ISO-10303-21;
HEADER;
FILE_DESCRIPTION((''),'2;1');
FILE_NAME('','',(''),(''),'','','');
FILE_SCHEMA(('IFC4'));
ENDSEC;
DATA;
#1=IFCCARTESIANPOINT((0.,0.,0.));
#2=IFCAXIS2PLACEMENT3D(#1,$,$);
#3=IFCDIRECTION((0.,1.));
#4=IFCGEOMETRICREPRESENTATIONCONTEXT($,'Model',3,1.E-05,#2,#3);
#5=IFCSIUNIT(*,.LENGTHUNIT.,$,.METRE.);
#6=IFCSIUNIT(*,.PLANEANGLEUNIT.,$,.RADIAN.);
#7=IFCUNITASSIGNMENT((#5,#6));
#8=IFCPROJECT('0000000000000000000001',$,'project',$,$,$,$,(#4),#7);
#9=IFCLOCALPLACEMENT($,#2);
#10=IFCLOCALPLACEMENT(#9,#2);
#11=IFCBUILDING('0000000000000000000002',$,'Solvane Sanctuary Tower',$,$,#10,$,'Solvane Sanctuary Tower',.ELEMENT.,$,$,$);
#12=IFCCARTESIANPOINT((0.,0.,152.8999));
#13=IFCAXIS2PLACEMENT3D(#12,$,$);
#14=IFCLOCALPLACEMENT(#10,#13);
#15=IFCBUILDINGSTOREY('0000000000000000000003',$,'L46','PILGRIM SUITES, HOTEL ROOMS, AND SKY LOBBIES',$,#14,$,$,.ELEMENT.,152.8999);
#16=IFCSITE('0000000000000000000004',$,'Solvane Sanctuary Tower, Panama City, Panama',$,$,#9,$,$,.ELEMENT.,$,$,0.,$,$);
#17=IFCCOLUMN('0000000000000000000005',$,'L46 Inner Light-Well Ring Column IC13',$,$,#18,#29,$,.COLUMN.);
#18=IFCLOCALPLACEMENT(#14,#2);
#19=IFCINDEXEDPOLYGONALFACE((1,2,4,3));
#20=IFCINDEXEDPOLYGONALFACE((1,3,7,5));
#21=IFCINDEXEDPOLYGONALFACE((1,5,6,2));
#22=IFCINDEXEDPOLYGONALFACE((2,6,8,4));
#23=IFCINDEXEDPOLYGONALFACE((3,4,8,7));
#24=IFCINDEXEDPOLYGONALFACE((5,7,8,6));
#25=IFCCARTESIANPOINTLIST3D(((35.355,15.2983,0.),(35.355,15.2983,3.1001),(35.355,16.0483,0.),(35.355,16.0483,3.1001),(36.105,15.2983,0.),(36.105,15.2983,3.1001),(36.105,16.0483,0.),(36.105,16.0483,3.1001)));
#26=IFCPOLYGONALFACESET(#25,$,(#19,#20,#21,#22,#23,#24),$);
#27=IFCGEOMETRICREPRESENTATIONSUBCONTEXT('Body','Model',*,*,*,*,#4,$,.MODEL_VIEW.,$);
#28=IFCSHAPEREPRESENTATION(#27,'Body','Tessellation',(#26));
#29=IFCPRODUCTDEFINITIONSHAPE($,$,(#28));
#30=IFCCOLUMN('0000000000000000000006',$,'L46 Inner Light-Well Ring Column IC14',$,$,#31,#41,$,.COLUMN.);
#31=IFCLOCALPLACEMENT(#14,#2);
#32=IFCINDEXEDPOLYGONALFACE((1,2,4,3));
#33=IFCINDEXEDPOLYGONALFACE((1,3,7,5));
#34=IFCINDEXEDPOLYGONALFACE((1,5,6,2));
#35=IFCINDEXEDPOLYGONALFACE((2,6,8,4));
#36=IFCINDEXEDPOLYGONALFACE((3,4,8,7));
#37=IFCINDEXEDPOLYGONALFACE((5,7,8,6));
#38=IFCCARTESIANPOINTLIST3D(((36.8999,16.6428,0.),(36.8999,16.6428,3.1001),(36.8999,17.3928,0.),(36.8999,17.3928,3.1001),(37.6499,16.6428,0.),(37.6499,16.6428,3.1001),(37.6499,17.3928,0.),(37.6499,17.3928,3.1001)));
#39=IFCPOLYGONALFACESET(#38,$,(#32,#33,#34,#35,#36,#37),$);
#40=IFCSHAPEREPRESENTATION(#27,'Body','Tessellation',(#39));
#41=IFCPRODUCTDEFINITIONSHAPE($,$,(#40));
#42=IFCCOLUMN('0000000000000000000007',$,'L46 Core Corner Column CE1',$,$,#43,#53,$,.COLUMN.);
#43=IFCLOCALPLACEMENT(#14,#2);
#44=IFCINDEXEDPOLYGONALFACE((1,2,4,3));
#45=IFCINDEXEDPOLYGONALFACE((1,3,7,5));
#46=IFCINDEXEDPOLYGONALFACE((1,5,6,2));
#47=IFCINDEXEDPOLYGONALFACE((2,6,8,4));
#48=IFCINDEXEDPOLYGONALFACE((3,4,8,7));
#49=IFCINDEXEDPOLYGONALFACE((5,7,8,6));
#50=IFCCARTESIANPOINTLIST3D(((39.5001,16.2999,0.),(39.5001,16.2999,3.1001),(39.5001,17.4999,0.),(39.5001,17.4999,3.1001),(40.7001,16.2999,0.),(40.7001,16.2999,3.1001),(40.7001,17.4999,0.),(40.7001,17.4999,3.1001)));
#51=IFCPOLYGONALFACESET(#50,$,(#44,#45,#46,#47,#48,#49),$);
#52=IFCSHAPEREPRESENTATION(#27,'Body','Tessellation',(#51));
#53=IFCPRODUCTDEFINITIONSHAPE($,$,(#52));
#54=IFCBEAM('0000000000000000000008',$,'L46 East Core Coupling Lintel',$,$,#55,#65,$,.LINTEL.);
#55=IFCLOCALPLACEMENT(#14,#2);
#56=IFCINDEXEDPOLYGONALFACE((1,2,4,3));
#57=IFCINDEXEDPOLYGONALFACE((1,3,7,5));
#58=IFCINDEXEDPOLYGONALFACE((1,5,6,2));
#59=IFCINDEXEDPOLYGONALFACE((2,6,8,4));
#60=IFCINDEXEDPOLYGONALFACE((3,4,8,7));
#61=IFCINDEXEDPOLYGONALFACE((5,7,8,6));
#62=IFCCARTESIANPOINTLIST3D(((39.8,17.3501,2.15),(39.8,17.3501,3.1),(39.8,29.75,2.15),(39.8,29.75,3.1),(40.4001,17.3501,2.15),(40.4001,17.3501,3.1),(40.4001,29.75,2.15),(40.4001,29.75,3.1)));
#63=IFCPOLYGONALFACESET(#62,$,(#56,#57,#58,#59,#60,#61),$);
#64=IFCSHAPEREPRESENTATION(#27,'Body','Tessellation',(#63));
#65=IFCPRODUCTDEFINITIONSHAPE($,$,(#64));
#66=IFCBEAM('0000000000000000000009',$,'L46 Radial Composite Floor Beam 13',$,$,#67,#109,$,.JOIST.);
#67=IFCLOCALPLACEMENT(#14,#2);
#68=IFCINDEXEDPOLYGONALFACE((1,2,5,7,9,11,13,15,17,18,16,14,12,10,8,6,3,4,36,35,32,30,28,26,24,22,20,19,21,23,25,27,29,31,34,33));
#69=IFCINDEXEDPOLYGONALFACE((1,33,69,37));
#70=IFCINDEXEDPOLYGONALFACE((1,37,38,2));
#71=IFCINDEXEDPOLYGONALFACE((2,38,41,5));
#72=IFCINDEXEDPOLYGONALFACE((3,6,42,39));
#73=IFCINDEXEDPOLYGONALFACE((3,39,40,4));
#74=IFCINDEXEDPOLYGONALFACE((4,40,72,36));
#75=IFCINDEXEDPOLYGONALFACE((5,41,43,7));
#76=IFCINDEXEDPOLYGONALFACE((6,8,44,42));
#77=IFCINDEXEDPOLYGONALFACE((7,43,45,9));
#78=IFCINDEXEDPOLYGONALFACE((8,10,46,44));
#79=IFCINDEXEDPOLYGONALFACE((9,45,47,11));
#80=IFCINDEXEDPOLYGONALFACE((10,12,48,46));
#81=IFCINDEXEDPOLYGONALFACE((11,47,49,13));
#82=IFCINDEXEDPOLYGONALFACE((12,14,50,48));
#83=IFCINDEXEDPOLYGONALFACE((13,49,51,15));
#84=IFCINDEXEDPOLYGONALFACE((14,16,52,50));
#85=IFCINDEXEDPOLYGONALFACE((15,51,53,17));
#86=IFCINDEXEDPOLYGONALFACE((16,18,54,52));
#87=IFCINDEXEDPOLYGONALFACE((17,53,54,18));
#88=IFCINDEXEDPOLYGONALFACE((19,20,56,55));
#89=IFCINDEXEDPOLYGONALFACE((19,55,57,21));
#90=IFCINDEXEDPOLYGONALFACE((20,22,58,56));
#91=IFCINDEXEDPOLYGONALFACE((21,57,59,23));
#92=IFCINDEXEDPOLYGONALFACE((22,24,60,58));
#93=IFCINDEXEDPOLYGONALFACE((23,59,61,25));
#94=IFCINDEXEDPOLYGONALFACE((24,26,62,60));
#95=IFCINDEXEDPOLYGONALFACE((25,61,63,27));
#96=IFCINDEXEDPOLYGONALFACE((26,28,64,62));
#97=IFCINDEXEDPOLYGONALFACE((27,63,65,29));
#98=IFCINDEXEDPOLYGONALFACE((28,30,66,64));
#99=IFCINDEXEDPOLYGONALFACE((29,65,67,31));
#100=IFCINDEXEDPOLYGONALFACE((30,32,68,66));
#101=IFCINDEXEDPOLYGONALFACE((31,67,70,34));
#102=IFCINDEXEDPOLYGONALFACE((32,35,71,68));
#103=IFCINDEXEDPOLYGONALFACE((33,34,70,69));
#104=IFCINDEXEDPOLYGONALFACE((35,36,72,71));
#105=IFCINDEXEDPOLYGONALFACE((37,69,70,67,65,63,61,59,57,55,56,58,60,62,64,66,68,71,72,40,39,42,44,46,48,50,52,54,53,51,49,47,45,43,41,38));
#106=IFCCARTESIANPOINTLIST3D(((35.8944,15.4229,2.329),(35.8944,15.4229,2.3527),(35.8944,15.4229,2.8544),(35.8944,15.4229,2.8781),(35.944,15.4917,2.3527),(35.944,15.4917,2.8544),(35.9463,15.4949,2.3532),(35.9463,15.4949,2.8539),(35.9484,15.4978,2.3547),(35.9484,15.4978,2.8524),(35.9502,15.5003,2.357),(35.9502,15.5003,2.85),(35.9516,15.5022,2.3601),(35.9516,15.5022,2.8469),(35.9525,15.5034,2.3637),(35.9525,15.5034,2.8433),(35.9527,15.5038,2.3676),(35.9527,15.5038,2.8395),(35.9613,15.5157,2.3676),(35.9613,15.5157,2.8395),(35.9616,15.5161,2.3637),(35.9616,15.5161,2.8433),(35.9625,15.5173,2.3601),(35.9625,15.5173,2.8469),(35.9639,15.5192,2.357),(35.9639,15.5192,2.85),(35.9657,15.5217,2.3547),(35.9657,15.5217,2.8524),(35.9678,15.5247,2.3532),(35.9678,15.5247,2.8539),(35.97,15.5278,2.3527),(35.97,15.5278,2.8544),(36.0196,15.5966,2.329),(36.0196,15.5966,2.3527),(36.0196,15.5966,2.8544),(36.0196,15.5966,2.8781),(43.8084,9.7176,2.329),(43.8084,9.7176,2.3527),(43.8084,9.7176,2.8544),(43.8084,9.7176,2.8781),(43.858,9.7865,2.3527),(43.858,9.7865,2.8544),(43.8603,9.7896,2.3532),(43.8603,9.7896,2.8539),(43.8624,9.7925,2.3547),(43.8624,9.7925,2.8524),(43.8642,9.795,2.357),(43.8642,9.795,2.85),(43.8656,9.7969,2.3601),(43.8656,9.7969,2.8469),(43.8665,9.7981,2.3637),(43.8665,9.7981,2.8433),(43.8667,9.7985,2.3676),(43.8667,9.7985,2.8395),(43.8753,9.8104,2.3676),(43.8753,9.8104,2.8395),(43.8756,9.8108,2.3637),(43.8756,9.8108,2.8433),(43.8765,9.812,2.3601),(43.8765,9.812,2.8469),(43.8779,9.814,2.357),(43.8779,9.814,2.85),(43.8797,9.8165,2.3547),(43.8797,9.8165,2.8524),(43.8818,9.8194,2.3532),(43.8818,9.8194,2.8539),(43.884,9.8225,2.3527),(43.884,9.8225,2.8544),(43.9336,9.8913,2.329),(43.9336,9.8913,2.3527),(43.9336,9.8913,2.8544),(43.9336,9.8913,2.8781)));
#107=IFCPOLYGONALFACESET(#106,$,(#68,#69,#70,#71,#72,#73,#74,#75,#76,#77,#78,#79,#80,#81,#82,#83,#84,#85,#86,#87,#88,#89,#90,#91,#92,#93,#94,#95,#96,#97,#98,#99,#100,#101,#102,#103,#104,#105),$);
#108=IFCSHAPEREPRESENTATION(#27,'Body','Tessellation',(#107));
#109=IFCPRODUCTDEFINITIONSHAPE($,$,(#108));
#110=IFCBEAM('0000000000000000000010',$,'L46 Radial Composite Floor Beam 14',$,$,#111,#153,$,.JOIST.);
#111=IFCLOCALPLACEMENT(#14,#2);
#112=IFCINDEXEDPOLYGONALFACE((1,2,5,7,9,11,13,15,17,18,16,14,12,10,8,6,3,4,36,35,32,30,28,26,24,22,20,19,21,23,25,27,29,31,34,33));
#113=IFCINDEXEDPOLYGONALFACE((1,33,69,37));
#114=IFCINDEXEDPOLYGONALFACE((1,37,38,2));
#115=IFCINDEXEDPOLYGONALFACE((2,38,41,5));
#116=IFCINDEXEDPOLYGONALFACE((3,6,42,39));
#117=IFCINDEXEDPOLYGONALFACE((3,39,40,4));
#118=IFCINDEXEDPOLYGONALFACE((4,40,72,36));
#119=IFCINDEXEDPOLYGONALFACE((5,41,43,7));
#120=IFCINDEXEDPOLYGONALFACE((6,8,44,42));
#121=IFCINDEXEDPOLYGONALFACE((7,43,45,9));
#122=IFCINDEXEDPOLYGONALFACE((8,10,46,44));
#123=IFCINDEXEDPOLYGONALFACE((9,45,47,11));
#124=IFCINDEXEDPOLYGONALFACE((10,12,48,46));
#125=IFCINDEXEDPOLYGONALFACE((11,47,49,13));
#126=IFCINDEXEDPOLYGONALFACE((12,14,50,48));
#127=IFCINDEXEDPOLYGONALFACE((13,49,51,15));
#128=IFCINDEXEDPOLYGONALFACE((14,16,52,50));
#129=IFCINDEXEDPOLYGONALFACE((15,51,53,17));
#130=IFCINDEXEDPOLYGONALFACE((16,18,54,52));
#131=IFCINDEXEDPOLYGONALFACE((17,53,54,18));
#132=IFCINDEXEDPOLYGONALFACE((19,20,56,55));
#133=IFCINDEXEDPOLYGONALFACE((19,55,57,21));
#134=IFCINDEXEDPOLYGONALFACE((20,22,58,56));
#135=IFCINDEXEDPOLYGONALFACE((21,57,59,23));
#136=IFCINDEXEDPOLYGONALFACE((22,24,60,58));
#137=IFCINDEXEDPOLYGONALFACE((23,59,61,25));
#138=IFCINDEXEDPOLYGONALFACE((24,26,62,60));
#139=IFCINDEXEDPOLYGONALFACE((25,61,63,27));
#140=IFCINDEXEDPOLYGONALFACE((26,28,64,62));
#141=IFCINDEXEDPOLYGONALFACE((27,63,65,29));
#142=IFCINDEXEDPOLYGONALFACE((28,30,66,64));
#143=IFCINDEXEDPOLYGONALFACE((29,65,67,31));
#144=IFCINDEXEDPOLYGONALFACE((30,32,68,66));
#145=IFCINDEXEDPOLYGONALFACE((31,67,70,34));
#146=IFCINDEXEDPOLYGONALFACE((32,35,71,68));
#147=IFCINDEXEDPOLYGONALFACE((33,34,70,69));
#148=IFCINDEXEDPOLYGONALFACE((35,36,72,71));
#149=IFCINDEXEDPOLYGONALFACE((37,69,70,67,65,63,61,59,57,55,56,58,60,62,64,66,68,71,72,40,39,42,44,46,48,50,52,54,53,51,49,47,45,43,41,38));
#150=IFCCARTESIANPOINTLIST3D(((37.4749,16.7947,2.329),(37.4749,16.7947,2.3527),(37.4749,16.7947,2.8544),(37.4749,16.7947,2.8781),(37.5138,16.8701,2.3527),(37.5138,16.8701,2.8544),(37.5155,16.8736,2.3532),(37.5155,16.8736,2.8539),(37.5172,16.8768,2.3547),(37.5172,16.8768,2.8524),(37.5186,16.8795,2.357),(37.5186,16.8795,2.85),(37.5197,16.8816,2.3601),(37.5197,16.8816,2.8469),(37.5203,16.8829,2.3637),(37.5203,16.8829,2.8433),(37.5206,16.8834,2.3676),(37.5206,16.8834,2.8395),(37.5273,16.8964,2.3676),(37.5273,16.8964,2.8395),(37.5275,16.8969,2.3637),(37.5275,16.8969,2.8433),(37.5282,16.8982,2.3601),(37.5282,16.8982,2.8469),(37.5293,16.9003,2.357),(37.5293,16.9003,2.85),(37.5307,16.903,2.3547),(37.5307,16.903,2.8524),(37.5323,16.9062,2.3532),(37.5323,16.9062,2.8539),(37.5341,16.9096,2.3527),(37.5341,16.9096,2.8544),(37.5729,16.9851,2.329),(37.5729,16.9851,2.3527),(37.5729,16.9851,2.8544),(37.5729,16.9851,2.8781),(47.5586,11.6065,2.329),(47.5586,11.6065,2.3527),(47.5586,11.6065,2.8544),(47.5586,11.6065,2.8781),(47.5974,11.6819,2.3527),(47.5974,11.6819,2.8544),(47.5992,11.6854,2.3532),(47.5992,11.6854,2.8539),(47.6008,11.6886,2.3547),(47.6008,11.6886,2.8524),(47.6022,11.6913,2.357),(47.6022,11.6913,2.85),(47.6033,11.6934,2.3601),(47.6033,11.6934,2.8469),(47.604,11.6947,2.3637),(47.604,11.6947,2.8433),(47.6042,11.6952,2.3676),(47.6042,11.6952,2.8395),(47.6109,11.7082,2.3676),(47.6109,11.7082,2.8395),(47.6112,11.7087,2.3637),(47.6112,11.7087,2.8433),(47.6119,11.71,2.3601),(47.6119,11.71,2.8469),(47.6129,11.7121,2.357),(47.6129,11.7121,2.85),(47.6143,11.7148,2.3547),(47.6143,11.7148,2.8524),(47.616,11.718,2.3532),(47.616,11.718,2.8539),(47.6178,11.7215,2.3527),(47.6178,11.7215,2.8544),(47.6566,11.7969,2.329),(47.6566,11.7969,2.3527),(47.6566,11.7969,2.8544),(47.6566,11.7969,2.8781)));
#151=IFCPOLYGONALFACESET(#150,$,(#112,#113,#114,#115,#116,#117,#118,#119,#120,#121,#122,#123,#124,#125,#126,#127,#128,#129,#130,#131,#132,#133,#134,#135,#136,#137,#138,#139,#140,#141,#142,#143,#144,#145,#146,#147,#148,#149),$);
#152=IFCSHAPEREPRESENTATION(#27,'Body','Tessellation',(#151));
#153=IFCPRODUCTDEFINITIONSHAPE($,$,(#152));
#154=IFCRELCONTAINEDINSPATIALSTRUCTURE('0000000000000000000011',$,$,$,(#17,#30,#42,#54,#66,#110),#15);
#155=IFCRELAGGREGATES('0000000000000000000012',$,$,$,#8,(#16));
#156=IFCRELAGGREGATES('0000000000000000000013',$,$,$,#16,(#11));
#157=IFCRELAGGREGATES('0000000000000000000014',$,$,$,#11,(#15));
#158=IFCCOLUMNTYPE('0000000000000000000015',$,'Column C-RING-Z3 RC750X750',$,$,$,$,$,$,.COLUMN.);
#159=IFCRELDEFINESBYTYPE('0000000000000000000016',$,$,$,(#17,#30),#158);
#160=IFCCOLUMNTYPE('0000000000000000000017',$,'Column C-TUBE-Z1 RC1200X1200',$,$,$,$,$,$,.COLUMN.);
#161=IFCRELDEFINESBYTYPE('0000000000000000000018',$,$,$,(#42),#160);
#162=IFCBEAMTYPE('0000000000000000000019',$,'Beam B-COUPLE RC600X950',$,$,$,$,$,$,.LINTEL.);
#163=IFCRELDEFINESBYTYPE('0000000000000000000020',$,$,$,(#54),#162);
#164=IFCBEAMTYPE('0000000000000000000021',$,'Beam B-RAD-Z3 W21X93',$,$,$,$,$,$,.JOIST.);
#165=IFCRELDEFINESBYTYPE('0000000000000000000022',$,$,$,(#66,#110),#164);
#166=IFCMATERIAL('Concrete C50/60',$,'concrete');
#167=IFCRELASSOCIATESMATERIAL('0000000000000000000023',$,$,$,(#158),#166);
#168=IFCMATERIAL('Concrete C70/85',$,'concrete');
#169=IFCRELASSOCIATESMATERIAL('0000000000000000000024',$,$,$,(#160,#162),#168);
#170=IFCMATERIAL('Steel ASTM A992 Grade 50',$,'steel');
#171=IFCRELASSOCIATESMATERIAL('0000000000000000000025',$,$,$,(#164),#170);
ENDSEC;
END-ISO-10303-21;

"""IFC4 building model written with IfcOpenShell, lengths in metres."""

from ifc_helpers import new_model, si_unit, direction, frame, origin, origin_2d, place, context, subcontext, project, spatial, rectangle, i_section, extrude, material, material_profile, profile_set, type_object, element, save


model = new_model("IFC4")

# Units and contexts
model_context = context("Model", 3, precision=1e-05, world=origin(), true_north=direction((0.0, 1.0)))
body_context = subcontext(model_context, "Body", "Model", "MODEL_VIEW")
ifc_project = project(units=[si_unit("LENGTHUNIT", "METRE"), si_unit("PLANEANGLEUNIT", "RADIAN")], contexts=[model_context])

# Site, building, storey
site_placement = place(None, origin())
site = spatial("IfcSite", under=ifc_project, at=site_placement, Name="Solvane Sanctuary Tower, Panama City, Panama", CompositionType="ELEMENT", RefElevation=0.0)
building_placement = place(site_placement, origin())
building = spatial("IfcBuilding", under=site, at=building_placement, Name="Solvane Sanctuary Tower", LongName="Solvane Sanctuary Tower", CompositionType="ELEMENT")
storey_placement = place(building_placement, frame((0.0, 0.0, 152.8999)))
storey = spatial("IfcBuildingStorey", under=building, at=storey_placement, Name="L46", Description="PILGRIM SUITES, HOTEL ROOMS, AND SKY LOBBIES", CompositionType="ELEMENT", Elevation=152.8999)

# Columns
ifc_material_1 = material(Name="Concrete C50/60", Category="concrete")
ifc_material_profile_1 = material_profile(ifc_material_1, rectangle(XDim=0.75, YDim=0.75, at=origin_2d()), Name="RC750X750")
ifc_profile_set_1 = profile_set([ifc_material_profile_1], Name="Concrete C50/60")
column_type_1 = type_object("IfcColumnType", Name="Column C-RING-Z3 RC750X750", PredefinedType="COLUMN", material=ifc_profile_set_1)
for number, where, z_axis, x_axis, name in (
    (1, (35.73, 15.6733, 0.0), (0.0, 0.0, 1.0), (1.0, 0.0, 0.0), "L46 Inner Light-Well Ring Column IC13"),
    (2, (37.2749, 17.0178, 0.0), (0.0, 0.0, 1.0), (1.0, 0.0, 0.0), "L46 Inner Light-Well Ring Column IC14"),
):
    element("IfcColumn", number, at=place(storey_placement, frame(where, z_axis=z_axis, x_axis=x_axis)), inside=storey, type_object=column_type_1, Name=name, PredefinedType="COLUMN", context=body_context, shape_type="SweptSolid", body=[
        extrude(rectangle(XDim=0.75, YDim=0.75, at=origin_2d()), origin(), (0.0, 0.0, 1.0), 3.1001),
    ])
ifc_material_2 = material(Name="Concrete C70/85", Category="concrete")
ifc_material_profile_2 = material_profile(ifc_material_2, rectangle(XDim=1.2, YDim=1.2, at=origin_2d()), Name="RC1200X1200")
ifc_profile_set_2 = profile_set([ifc_material_profile_2], Name="Concrete C70/85")
column_type_2 = type_object("IfcColumnType", Name="Column C-TUBE-Z1 RC1200X1200", PredefinedType="COLUMN", material=ifc_profile_set_2)
column_placement = place(storey_placement, frame((40.1001, 16.8999, 0.0), z_axis=(0.0, 0.0, 1.0), x_axis=(1.0, 0.0, 0.0)))
element("IfcColumn", 3, at=column_placement, inside=storey, type_object=column_type_2, Name="L46 Core Corner Column CE1", PredefinedType="COLUMN", context=body_context, shape_type="SweptSolid", body=[
    extrude(rectangle(XDim=1.2, YDim=1.2, at=origin_2d()), origin(), (0.0, 0.0, 1.0), 3.1001),
])

# Beams
ifc_material_profile_3 = material_profile(ifc_material_2, rectangle(XDim=0.6001, YDim=0.95, at=origin_2d()), Name="RC600X950")
ifc_profile_set_3 = profile_set([ifc_material_profile_3], Name="Concrete C70/85")
beam_type_1 = type_object("IfcBeamType", Name="Beam B-COUPLE RC600X950", PredefinedType="LINTEL", material=ifc_profile_set_3)
beam_1_placement = place(storey_placement, frame((40.1001, 17.3501, 2.625), z_axis=(0.0, 1.0, 0.0), x_axis=(-1.0, 0.0, 0.0)))
element("IfcBeam", 4, at=beam_1_placement, inside=storey, type_object=beam_type_1, Name="L46 East Core Coupling Lintel", PredefinedType="LINTEL", context=body_context, shape_type="SweptSolid", body=[
    extrude(rectangle(XDim=0.6001, YDim=0.95, at=origin_2d()), origin(), (0.0, 0.0, 1.0), 12.3999),
])
ifc_material_3 = material(Name="Steel ASTM A992 Grade 50", Category="steel")
ifc_material_profile_4 = material_profile(ifc_material_3, i_section(OverallWidth=0.2141, OverallDepth=0.5491, WebThickness=0.0146, FlangeThickness=0.0237, FilletRadius=0.0149, at=origin_2d()), Name="W21X93")
ifc_profile_set_4 = profile_set([ifc_material_profile_4], Name="Steel ASTM A992 Grade 50")
beam_type_2 = type_object("IfcBeamType", Name="Beam B-RAD-Z3 W21X93", PredefinedType="JOIST", material=ifc_profile_set_4)
beam_2_placement = place(storey_placement, frame((35.957, 15.5098, 2.6035), z_axis=(0.811184, -0.58479, 0.0), x_axis=(0.58479, 0.811184, 0.0)))
element("IfcBeam", 5, at=beam_2_placement, inside=storey, type_object=beam_type_2, Name="L46 Radial Composite Floor Beam 13", PredefinedType="JOIST", context=body_context, shape_type="SweptSolid", body=[
    extrude(i_section(OverallWidth=0.2141, OverallDepth=0.5491, WebThickness=0.0146, FlangeThickness=0.0237, FilletRadius=0.0149, at=origin_2d()), origin(), (0.0, 0.0, 1.0), 9.7561),
])
beam_3_placement = place(storey_placement, frame((37.5239, 16.8899, 2.6035), z_axis=(0.889205, -0.457509, 0.0), x_axis=(0.457509, 0.889205, 0.0)))
element("IfcBeam", 6, at=beam_3_placement, inside=storey, type_object=beam_type_2, Name="L46 Radial Composite Floor Beam 14", PredefinedType="JOIST", context=body_context, shape_type="SweptSolid", body=[
    extrude(i_section(OverallWidth=0.2141, OverallDepth=0.5491, WebThickness=0.0146, FlangeThickness=0.0237, FilletRadius=0.0149, at=origin_2d()), origin(), (0.0, 0.0, 1.0), 11.3401),
])

save(model, "model.ifc")
